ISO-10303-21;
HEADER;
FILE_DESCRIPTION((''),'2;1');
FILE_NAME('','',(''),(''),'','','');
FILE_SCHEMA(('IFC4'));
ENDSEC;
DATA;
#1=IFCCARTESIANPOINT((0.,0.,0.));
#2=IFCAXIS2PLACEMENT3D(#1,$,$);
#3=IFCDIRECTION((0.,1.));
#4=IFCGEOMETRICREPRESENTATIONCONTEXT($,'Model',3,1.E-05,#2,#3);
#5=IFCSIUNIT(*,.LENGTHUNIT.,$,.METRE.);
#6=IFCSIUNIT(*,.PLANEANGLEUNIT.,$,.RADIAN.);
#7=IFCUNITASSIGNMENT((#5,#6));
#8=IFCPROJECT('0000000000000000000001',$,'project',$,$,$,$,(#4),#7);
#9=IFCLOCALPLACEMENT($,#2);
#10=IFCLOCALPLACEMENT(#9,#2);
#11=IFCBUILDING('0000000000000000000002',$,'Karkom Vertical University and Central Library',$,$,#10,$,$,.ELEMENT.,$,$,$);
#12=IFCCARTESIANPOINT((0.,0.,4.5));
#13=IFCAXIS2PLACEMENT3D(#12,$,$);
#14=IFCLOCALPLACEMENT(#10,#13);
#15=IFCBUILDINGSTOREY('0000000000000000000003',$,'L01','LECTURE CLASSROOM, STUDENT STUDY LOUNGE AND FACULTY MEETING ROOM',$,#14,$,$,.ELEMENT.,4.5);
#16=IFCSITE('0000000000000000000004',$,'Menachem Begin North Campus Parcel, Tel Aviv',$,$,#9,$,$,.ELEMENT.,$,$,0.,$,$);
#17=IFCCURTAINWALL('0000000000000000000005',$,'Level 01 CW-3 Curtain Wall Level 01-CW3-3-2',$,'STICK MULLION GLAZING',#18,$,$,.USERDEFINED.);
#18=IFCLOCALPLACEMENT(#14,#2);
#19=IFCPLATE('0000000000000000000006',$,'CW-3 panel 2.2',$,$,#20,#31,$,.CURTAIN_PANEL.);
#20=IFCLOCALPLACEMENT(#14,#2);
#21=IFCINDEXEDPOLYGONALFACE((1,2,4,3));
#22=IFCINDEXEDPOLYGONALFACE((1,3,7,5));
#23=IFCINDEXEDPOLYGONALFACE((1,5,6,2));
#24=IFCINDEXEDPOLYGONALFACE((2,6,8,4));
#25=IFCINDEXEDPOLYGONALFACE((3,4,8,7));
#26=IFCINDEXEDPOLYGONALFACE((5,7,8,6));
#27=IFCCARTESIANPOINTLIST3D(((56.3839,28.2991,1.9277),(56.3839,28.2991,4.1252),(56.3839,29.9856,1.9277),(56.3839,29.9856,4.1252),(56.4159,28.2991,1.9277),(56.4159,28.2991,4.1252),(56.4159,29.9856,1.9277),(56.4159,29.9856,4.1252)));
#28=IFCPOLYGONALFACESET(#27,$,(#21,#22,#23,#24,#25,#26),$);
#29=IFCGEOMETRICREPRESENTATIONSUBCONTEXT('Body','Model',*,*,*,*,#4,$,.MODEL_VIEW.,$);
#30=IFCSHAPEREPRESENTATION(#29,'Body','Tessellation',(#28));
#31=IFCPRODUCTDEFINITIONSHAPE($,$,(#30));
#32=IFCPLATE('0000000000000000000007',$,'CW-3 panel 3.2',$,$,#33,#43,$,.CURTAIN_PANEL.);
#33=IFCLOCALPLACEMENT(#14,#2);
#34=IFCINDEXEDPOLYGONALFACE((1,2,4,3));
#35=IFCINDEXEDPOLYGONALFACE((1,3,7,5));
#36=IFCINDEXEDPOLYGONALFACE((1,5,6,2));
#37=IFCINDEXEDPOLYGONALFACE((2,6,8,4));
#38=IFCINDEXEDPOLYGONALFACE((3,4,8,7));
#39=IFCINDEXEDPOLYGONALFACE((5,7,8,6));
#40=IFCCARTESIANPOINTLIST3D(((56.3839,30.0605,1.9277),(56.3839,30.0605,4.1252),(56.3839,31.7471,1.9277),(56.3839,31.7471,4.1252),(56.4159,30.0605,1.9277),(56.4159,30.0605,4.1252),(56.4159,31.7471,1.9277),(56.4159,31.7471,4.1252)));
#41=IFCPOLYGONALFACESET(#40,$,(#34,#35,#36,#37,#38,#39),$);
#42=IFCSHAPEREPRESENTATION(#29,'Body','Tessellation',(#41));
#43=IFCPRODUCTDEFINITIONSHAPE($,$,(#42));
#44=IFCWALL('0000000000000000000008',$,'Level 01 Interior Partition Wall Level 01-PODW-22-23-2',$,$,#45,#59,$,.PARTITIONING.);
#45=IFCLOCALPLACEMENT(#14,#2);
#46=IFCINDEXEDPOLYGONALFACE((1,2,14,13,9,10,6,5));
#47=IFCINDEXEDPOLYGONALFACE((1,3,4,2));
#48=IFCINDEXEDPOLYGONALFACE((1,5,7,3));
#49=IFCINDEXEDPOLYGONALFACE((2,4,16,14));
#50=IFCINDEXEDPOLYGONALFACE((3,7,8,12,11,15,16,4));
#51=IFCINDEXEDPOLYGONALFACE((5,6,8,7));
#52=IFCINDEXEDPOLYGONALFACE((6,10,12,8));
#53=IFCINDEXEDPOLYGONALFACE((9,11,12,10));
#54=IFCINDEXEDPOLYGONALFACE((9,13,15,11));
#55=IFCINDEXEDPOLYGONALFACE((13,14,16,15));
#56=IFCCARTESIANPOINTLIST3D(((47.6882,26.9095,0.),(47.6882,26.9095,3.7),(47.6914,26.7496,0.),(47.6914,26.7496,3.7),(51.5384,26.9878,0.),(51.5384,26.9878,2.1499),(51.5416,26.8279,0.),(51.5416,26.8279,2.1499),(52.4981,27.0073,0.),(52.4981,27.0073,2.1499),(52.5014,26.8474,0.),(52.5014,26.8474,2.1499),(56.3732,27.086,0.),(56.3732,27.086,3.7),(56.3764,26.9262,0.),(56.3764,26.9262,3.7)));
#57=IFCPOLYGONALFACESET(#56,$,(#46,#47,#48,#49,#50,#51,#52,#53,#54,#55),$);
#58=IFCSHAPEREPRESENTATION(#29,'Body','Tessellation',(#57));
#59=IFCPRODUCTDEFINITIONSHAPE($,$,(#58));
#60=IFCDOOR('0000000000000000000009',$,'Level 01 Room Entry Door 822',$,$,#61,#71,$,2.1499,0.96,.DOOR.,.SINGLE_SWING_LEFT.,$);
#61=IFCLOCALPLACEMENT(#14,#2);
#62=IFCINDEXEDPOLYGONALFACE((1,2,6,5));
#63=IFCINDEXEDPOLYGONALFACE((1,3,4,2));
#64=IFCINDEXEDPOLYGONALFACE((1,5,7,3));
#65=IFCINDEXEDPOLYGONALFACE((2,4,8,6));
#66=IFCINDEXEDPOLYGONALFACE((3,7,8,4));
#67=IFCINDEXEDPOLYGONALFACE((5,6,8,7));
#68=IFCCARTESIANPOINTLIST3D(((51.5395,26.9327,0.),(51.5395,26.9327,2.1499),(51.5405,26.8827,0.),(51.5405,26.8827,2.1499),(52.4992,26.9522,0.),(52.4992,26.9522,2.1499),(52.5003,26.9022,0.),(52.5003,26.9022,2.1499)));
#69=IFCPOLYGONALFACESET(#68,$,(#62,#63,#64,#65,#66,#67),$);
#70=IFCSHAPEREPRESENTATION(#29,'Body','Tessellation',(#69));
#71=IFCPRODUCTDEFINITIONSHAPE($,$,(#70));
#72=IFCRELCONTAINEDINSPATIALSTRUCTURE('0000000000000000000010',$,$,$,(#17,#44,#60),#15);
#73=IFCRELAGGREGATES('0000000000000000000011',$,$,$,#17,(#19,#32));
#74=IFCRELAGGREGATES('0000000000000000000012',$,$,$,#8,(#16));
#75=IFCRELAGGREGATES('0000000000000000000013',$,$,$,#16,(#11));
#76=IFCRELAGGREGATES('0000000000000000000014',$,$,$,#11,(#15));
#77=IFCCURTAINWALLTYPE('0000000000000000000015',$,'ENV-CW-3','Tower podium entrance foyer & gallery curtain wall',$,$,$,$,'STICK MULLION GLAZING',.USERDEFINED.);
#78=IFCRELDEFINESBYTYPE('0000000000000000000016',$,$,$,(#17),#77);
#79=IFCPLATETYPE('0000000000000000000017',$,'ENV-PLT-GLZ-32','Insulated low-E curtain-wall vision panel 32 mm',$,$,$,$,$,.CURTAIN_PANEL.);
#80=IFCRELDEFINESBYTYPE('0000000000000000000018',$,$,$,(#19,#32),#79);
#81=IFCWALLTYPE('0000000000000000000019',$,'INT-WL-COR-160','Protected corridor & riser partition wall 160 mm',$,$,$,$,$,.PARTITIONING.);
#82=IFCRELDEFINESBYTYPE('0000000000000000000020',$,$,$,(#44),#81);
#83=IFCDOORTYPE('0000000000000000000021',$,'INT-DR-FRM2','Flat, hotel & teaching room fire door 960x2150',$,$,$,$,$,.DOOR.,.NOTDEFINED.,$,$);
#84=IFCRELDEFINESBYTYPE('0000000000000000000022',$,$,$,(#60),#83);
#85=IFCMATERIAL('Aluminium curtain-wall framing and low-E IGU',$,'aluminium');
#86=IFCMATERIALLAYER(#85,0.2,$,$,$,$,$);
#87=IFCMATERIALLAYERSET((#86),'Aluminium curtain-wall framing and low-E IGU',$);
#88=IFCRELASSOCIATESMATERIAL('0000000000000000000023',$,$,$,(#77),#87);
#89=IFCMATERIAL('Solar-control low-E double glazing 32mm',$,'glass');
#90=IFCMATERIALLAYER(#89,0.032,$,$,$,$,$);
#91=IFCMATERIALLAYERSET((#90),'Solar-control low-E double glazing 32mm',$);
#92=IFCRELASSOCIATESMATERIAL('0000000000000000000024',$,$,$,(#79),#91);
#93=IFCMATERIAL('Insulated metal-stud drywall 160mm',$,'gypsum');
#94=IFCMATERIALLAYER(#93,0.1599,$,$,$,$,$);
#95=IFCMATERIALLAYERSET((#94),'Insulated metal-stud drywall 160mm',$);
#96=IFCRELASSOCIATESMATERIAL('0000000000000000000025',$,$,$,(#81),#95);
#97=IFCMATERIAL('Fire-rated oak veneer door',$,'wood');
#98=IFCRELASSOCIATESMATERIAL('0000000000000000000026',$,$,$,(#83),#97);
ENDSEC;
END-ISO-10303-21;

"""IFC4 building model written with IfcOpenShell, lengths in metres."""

from ifc_helpers import new_model, si_unit, direction, frame, frame_2d, origin, origin_with_axes, origin_2d, place, context, subcontext, project, spatial, rectangle, extrude, source, transform, mapped, material, layer, layer_set, type_object, element, fill, aggregate, save


model = new_model("IFC4")

# Units and contexts
model_context = context("Model", 3, precision=1e-05, world=origin(), true_north=direction((0.0, 1.0)))
body_context = subcontext(model_context, "Body", "Model", "MODEL_VIEW")
ifc_project = project(units=[si_unit("LENGTHUNIT", "METRE"), si_unit("PLANEANGLEUNIT", "RADIAN")], contexts=[model_context])

# Site, building, storey
site_placement = place(None, origin())
site = spatial("IfcSite", under=ifc_project, at=site_placement, Name="Menachem Begin North Campus Parcel, Tel Aviv", CompositionType="ELEMENT", RefElevation=0.0)
building_placement = place(site_placement, origin())
building = spatial("IfcBuilding", under=site, at=building_placement, Name="Karkom Vertical University and Central Library", CompositionType="ELEMENT")
storey_placement = place(building_placement, frame((0.0, 0.0, 4.5)))
storey = spatial("IfcBuildingStorey", under=building, at=storey_placement, Name="L01", Description="LECTURE CLASSROOM, STUDENT STUDY LOUNGE AND FACULTY MEETING ROOM", CompositionType="ELEMENT", Elevation=4.5)

# Curtain wall, plates
ifc_material_1 = material(Name="Aluminium curtain-wall framing and low-E IGU", Category="aluminium")
ifc_layer_1 = layer(ifc_material_1, 0.2)
ifc_layer_set_1 = layer_set([ifc_layer_1], Name="Aluminium curtain-wall framing and low-E IGU")
curtain_wall_type = type_object("IfcCurtainWallType", Name="ENV-CW-3", Description="Tower podium entrance foyer & gallery curtain wall", ElementType="STICK MULLION GLAZING", PredefinedType="USERDEFINED", material=ifc_layer_set_1)
curtain_wall_placement = place(storey_placement, origin())
curtain_wall = element("IfcCurtainWall", 1, at=curtain_wall_placement, inside=storey, type_object=curtain_wall_type, Name="Level 01 CW-3 Curtain Wall Level 01-CW3-3-2", ObjectType="STICK MULLION GLAZING", PredefinedType="USERDEFINED")
ifc_material_2 = material(Name="Solar-control low-E double glazing 32mm", Category="glass")
ifc_layer_2 = layer(ifc_material_2, 0.032)
ifc_layer_set_2 = layer_set([ifc_layer_2], Name="Solar-control low-E double glazing 32mm")
plate_type = type_object("IfcPlateType", Name="ENV-PLT-GLZ-32", Description="Insulated low-E curtain-wall vision panel 32 mm", PredefinedType="CURTAIN_PANEL", material=ifc_layer_set_2)
shared_shape_1 = source(origin_with_axes(), body_context, "Body", "SweptSolid", [
    extrude(rectangle(XDim=1.6865, YDim=0.032, at=origin_2d()), origin(), (0.0, 0.0, 1.0), 2.1975),
])
plate_1_placement = place(storey_placement, frame((56.3999, 29.1423, 1.9277), z_axis=(0.0, 0.0, 1.0), x_axis=(0.0, 1.0, 0.0)))
plate_1 = element("IfcPlate", 2, at=plate_1_placement, type_object=plate_type, Name="CW-3 panel 2.2", PredefinedType="CURTAIN_PANEL", context=body_context, shape_type="MappedRepresentation", body=[
    mapped(shared_shape_1, transform((0.0, 0.0, 0.0), scale=1.0)),
])
plate_2_placement = place(storey_placement, frame((56.3999, 30.9038, 1.9277), z_axis=(0.0, 0.0, 1.0), x_axis=(0.0, 1.0, 0.0)))
plate_2 = element("IfcPlate", 3, at=plate_2_placement, type_object=plate_type, Name="CW-3 panel 3.2", PredefinedType="CURTAIN_PANEL", context=body_context, shape_type="MappedRepresentation", body=[
    mapped(shared_shape_1, transform((0.0, 0.0, 0.0), scale=1.0)),
])
aggregate(curtain_wall, [plate_1, plate_2])

# Wall, opening, door
ifc_material_3 = material(Name="Insulated metal-stud drywall 160mm", Category="gypsum")
ifc_layer_3 = layer(ifc_material_3, 0.1599)
ifc_layer_set_3 = layer_set([ifc_layer_3], Name="Insulated metal-stud drywall 160mm")
wall_type = type_object("IfcWallType", Name="INT-WL-COR-160", Description="Protected corridor & riser partition wall 160 mm", PredefinedType="PARTITIONING", material=ifc_layer_set_3)
wall_placement = place(storey_placement, frame((47.6899, 26.8296, 0.0), z_axis=(0.0, 0.0, 1.0), x_axis=(0.999794, 0.02032, 0.0)))
wall = element("IfcWall", 4, at=wall_placement, inside=storey, type_object=wall_type, Name="Level 01 Interior Partition Wall Level 01-PODW-22-23-2", PredefinedType="PARTITIONING", context=body_context, shape_type="SweptSolid", body=[
    extrude(rectangle(XDim=8.6868, YDim=0.1599, at=frame_2d((4.3433, 0.0))), origin(), (0.0, 0.0, 1.0), 3.7),
])
opening_placement = place(wall_placement, frame((3.8508, 0.0, 0.0)))
opening = element("IfcOpeningElement", 5, at=opening_placement, cuts=wall, PredefinedType="OPENING", context=body_context, shape_type="SweptSolid", body=[
    extrude(rectangle(XDim=0.96, YDim=2.1499, at=frame_2d((0.48, 1.075))), frame((0.0, 0.0898, 0.0), z_axis=(0.0, -1.0, 0.0), x_axis=(1.0, 0.0, 0.0)), (0.0, 0.0, 1.0), 0.1799),
])
ifc_material_4 = material(Name="Fire-rated oak veneer door", Category="wood")
door_type = type_object("IfcDoorType", Name="INT-DR-FRM2", Description="Flat, hotel & teaching room fire door 960x2150", OperationType="NOTDEFINED", PredefinedType="DOOR", material=ifc_material_4)
shared_shape_2 = source(origin_with_axes(), body_context, "Body", "SweptSolid", [
    extrude(rectangle(XDim=0.96, YDim=2.1499, at=frame_2d((0.48, 1.075))), frame((0.0, 0.0249, 0.0), z_axis=(0.0, -1.0, 0.0), x_axis=(1.0, 0.0, 0.0)), (0.0, 0.0, 1.0), 0.05),
])
door_placement = place(opening_placement, origin())
door = element("IfcDoor", 6, at=door_placement, inside=storey, type_object=door_type, Name="Level 01 Room Entry Door 822", OperationType="SINGLE_SWING_LEFT", OverallHeight=2.1499, OverallWidth=0.96, PredefinedType="DOOR", context=body_context, shape_type="MappedRepresentation", body=[
    mapped(shared_shape_2, transform((0.0, 0.0, 0.0), scale=1.0)),
])
fill(opening, door)

save(model, "model.ifc")
